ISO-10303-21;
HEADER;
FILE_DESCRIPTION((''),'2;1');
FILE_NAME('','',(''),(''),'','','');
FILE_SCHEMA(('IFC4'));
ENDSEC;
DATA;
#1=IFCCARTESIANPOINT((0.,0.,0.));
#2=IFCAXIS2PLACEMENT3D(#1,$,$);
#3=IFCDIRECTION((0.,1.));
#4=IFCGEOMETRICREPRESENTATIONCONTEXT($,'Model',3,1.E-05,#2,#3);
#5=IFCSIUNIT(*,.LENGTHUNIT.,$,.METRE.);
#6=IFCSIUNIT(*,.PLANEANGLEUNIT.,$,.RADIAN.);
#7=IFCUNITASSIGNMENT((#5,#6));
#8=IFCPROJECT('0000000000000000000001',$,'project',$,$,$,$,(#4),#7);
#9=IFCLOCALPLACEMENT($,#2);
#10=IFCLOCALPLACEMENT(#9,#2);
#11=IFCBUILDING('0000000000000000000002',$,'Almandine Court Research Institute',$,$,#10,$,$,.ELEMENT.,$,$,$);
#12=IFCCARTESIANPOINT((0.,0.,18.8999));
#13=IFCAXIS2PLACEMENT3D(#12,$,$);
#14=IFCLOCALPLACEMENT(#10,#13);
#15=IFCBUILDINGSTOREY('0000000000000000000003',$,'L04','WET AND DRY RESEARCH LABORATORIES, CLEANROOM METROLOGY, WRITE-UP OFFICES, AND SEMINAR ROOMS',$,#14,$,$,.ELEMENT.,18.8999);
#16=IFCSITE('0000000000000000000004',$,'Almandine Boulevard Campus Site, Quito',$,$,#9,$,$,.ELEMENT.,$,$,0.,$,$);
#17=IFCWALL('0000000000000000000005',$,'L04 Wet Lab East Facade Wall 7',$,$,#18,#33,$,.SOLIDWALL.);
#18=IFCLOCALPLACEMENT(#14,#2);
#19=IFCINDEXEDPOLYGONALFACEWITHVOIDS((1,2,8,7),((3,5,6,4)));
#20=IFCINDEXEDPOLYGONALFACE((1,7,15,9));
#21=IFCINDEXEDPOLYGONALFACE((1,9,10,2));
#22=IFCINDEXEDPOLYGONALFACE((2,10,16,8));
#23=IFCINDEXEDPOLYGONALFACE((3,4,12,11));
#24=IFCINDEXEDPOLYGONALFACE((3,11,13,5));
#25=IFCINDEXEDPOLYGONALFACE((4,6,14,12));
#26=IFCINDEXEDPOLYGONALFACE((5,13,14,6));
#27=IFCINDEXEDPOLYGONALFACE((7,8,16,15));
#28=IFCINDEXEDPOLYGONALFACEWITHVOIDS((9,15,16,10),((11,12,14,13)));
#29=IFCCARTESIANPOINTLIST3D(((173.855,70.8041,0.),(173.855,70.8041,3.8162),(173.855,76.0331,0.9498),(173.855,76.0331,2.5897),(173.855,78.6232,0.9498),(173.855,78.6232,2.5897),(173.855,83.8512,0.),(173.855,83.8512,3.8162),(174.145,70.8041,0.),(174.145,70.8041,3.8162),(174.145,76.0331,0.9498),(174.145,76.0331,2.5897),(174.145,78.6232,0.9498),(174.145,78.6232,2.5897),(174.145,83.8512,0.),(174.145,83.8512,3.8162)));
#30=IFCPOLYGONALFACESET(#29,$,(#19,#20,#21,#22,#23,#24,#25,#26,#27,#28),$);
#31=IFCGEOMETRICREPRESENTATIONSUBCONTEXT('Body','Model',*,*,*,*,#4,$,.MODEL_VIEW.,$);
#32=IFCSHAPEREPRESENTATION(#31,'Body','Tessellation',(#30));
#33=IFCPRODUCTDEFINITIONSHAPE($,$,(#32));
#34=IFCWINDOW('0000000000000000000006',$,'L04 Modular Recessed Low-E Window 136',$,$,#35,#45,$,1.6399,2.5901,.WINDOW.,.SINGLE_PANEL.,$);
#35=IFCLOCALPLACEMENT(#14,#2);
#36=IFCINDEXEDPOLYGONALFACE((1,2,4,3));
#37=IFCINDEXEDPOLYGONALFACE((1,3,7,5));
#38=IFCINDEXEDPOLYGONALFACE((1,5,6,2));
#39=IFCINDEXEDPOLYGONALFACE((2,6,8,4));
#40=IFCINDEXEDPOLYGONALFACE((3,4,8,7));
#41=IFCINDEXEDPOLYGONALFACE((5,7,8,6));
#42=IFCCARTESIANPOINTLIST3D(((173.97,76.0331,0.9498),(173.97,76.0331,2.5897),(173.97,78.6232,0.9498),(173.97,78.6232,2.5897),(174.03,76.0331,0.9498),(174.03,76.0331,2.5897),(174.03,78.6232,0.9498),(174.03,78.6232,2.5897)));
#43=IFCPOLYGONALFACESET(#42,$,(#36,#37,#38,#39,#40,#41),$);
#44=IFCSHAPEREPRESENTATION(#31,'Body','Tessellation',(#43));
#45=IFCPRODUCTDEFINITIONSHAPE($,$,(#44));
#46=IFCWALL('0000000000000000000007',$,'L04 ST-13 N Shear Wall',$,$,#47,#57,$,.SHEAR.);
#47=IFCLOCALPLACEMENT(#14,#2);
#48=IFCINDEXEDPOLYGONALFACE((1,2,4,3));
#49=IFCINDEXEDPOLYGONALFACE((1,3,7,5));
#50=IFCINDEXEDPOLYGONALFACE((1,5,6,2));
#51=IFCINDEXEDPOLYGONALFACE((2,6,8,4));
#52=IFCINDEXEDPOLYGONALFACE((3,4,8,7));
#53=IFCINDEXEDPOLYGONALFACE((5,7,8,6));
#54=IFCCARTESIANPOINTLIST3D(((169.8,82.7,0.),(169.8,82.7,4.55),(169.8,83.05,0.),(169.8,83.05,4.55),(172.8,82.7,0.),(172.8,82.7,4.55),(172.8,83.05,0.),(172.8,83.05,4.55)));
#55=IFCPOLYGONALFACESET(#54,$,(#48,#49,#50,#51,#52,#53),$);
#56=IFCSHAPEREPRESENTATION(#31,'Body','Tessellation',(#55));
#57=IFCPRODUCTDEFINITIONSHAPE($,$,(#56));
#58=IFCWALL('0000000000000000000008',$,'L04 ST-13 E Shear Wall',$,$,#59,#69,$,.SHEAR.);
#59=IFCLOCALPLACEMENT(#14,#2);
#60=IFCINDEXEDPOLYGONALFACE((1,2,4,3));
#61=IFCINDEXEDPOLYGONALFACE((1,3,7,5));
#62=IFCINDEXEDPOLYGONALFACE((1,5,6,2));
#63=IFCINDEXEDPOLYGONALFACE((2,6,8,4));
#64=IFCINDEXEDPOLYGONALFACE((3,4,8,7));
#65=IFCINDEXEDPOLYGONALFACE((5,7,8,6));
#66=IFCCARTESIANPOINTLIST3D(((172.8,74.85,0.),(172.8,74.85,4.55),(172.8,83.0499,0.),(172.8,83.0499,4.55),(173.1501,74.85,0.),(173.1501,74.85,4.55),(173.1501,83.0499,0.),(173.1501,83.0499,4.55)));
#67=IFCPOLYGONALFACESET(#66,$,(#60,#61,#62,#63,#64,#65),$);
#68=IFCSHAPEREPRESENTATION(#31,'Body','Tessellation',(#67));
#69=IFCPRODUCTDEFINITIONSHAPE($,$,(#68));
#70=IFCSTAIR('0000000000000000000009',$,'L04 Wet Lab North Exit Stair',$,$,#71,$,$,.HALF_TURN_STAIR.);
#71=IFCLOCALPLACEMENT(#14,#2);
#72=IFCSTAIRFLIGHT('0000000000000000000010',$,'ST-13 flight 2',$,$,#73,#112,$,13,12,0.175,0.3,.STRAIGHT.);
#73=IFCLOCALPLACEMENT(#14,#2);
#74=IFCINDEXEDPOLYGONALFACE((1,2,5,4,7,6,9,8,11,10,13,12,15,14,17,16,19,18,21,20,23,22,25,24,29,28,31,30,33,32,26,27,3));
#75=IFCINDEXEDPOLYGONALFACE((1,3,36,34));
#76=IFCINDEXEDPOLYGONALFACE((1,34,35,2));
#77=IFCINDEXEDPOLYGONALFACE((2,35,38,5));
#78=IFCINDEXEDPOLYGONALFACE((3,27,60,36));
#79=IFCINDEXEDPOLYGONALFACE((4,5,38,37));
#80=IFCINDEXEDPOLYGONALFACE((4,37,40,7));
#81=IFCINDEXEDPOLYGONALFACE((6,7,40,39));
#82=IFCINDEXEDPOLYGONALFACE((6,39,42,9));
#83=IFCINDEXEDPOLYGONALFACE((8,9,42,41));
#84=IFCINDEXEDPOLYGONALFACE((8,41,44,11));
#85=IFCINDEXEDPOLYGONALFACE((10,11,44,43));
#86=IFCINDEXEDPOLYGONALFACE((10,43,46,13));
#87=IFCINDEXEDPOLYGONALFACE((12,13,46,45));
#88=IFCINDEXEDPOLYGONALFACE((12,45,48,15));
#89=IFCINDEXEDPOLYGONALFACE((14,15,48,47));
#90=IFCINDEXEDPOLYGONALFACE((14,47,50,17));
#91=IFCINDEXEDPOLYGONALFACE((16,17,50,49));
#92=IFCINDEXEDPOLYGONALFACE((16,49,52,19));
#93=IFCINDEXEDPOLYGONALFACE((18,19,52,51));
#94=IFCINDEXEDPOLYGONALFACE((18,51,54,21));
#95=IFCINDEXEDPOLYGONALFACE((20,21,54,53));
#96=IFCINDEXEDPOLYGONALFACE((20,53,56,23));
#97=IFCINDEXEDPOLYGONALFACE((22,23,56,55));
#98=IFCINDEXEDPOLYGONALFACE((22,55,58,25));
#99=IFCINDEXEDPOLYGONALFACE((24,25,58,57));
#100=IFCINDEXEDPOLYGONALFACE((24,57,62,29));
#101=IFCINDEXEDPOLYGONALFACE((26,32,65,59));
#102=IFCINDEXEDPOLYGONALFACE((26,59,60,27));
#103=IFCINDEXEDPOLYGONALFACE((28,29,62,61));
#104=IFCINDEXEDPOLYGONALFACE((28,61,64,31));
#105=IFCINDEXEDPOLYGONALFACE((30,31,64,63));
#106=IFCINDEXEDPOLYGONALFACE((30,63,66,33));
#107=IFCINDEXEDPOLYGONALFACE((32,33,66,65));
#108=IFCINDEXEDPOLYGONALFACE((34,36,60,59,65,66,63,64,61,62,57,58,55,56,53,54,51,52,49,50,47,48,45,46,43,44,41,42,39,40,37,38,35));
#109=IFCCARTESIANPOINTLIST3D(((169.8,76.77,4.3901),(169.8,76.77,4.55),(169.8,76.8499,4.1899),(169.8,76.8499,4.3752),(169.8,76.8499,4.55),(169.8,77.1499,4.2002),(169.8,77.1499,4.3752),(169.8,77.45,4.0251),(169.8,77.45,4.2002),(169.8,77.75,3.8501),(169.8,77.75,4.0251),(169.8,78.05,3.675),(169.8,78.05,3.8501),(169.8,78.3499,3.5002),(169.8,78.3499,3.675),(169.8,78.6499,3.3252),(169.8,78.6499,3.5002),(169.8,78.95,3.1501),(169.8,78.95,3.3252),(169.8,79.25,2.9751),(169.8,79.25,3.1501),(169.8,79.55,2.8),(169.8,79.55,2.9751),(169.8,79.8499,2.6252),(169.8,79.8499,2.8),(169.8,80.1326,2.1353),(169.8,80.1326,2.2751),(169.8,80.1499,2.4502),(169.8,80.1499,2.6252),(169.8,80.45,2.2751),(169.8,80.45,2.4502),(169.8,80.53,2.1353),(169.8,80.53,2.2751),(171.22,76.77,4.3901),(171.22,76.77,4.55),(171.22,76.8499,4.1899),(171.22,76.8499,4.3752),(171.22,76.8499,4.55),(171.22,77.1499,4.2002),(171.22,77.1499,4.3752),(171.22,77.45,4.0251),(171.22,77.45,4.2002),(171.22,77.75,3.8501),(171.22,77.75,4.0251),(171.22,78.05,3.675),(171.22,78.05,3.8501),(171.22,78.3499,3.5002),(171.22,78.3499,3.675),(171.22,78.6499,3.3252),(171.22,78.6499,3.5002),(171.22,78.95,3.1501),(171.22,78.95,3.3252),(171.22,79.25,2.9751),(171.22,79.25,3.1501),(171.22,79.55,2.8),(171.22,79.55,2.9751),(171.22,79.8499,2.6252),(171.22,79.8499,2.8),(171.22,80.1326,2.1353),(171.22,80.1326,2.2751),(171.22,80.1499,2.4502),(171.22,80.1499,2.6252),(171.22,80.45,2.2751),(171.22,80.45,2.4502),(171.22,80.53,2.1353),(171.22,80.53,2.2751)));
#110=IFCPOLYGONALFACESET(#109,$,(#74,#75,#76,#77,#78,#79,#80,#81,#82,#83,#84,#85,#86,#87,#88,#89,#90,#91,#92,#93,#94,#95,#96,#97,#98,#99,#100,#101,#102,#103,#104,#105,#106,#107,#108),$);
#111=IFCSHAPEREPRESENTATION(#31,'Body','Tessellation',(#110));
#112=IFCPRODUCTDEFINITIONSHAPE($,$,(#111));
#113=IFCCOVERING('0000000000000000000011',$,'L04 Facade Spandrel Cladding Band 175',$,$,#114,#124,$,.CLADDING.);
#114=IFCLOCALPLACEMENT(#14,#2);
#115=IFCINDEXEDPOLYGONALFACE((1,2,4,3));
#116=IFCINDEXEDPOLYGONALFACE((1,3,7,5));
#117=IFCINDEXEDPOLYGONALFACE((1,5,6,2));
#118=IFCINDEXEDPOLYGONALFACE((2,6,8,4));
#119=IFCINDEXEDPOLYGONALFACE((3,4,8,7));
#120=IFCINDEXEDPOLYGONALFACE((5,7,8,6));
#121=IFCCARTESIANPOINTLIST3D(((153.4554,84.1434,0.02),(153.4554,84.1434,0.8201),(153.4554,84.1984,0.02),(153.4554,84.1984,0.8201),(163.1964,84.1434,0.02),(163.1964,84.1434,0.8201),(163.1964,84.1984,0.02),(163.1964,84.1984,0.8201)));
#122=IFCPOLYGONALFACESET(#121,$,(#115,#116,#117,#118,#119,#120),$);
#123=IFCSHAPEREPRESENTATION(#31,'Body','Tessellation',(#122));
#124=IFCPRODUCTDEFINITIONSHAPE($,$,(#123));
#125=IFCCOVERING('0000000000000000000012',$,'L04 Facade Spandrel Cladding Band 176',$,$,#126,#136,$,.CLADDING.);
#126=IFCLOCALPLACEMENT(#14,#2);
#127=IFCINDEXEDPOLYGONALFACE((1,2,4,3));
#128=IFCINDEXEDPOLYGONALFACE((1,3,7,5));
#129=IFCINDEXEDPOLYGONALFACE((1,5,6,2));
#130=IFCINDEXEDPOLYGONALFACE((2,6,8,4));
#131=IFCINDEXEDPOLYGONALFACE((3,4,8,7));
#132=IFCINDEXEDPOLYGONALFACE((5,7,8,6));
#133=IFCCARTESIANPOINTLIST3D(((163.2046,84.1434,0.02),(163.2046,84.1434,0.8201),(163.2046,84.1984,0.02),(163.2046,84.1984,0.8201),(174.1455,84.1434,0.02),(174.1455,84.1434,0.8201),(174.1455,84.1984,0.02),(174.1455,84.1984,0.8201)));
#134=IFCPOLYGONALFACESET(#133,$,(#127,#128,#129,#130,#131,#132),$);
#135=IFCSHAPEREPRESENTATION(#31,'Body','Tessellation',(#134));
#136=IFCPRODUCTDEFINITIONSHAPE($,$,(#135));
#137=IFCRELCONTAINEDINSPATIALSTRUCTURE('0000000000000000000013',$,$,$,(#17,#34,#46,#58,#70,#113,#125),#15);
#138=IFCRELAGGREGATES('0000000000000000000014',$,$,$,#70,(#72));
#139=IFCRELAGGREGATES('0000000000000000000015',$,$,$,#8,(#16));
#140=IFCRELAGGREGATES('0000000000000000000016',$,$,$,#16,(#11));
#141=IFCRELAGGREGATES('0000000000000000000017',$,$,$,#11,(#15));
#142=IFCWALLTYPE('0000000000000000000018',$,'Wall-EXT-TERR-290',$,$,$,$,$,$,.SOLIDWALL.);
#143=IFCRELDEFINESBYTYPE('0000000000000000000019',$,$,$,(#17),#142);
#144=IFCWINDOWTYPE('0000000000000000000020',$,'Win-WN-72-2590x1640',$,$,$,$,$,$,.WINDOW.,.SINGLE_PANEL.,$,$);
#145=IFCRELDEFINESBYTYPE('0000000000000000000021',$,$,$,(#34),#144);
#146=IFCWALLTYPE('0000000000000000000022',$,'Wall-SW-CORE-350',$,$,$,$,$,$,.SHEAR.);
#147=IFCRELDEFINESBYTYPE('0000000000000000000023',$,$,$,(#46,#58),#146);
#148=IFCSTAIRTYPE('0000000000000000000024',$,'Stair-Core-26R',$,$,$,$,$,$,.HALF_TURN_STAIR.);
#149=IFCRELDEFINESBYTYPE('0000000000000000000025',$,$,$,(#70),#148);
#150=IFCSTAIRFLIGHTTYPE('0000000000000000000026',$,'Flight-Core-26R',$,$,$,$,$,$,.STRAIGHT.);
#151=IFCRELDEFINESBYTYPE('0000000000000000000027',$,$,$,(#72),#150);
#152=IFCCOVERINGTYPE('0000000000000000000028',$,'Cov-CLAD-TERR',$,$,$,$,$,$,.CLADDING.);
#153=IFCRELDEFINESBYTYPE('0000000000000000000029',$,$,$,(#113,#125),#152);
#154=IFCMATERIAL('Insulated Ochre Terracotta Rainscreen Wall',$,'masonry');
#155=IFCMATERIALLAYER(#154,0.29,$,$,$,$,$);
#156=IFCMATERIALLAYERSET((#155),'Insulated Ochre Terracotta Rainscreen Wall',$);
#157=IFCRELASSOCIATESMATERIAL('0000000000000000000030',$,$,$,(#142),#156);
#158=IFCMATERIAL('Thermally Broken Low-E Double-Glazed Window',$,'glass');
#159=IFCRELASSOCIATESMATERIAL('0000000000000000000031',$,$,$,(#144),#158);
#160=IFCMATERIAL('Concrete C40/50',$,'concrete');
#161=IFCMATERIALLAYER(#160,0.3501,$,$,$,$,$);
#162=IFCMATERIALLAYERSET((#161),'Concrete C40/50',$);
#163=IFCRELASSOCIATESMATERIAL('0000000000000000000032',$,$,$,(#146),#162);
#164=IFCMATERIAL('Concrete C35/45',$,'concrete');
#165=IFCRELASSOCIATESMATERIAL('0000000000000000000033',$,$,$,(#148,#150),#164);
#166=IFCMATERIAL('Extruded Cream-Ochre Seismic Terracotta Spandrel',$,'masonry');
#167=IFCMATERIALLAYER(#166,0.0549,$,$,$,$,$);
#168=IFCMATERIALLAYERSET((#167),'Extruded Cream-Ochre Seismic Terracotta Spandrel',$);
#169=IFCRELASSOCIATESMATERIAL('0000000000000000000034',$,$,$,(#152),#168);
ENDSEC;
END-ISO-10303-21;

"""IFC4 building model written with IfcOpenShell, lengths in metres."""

from ifc_helpers import new_model, si_unit, direction, frame, frame_2d, origin, origin_2d, place, context, subcontext, project, spatial, polyline, rectangle, outline, extrude, material, layer, layer_set, type_object, element, fill, aggregate, save


model = new_model("IFC4")

# Units and contexts
model_context = context("Model", 3, precision=1e-05, world=origin(), true_north=direction((0.0, 1.0)))
body_context = subcontext(model_context, "Body", "Model", "MODEL_VIEW")
ifc_project = project(units=[si_unit("LENGTHUNIT", "METRE"), si_unit("PLANEANGLEUNIT", "RADIAN")], contexts=[model_context])

# Site, building, storey
site_placement = place(None, origin())
site = spatial("IfcSite", under=ifc_project, at=site_placement, Name="Almandine Boulevard Campus Site, Quito", CompositionType="ELEMENT", RefElevation=0.0)
building_placement = place(site_placement, origin())
building = spatial("IfcBuilding", under=site, at=building_placement, Name="Almandine Court Research Institute", CompositionType="ELEMENT")
storey_placement = place(building_placement, frame((0.0, 0.0, 18.8999)))
storey = spatial("IfcBuildingStorey", under=building, at=storey_placement, Name="L04", Description="WET AND DRY RESEARCH LABORATORIES, CLEANROOM METROLOGY, WRITE-UP OFFICES, AND SEMINAR ROOMS", CompositionType="ELEMENT", Elevation=18.8999)

# Shared definitions
ifc_material_1 = material(Name="Insulated Ochre Terracotta Rainscreen Wall", Category="masonry")
ifc_layer_1 = layer(ifc_material_1, 0.29)
ifc_layer_set_1 = layer_set([ifc_layer_1], Name="Insulated Ochre Terracotta Rainscreen Wall")
wall_type_1 = type_object("IfcWallType", Name="Wall-EXT-TERR-290", PredefinedType="SOLIDWALL", material=ifc_layer_set_1)
ifc_material_2 = material(Name="Thermally Broken Low-E Double-Glazed Window", Category="glass")

# Wall, opening, window
wall_1_placement = place(storey_placement, frame((174.0, 83.8511, 0.0), z_axis=(0.0, 0.0, 1.0), x_axis=(0.0, -1.0, 0.0)))
wall_1 = element("IfcWall", 1, at=wall_1_placement, inside=storey, type_object=wall_type_1, Name="L04 Wet Lab East Facade Wall 7", PredefinedType="SOLIDWALL", context=body_context, shape_type="SweptSolid", body=[
    extrude(rectangle(XDim=13.0471, YDim=0.29, at=frame_2d((6.5234, 0.0))), origin(), (0.0, 0.0, 1.0), 3.8162),
])
opening_1_placement = place(wall_1_placement, frame((5.228, 0.0, 0.95)))
opening_1 = element("IfcOpeningElement", 2, at=opening_1_placement, cuts=wall_1, PredefinedType="OPENING", context=body_context, shape_type="SweptSolid", body=[
    extrude(rectangle(XDim=2.5901, YDim=1.6399, at=frame_2d((1.2949, 0.8198))), frame((0.0, 0.155, 0.0), z_axis=(0.0, -1.0, 0.0), x_axis=(1.0, 0.0, 0.0)), (0.0, 0.0, 1.0), 0.3101),
])
window_type_1 = type_object("IfcWindowType", Name="Win-WN-72-2590x1640", PartitioningType="SINGLE_PANEL", PredefinedType="WINDOW", material=ifc_material_2)
window_1_placement = place(opening_1_placement, origin())
window_1 = element("IfcWindow", 3, at=window_1_placement, inside=storey, type_object=window_type_1, Name="L04 Modular Recessed Low-E Window 136", OverallHeight=1.6399, OverallWidth=2.5901, PartitioningType="SINGLE_PANEL", PredefinedType="WINDOW", context=body_context, shape_type="SweptSolid", body=[
    extrude(rectangle(XDim=2.5901, YDim=1.6399, at=frame_2d((1.2949, 0.8198))), frame((0.0, 0.03, 0.0), z_axis=(0.0, -1.0, 0.0), x_axis=(1.0, 0.0, 0.0)), (0.0, 0.0, 1.0), 0.0601),
])
fill(opening_1, window_1)

# Walls
ifc_material_3 = material(Name="Concrete C40/50", Category="concrete")
ifc_layer_2 = layer(ifc_material_3, 0.3501)
ifc_layer_set_2 = layer_set([ifc_layer_2], Name="Concrete C40/50")
wall_type_2 = type_object("IfcWallType", Name="Wall-SW-CORE-350", PredefinedType="SHEAR", material=ifc_layer_set_2)
wall_2_placement = place(storey_placement, frame((169.8, 82.875, 0.0), z_axis=(0.0, 0.0, 1.0), x_axis=(1.0, 0.0, 0.0)))
element("IfcWall", 4, at=wall_2_placement, inside=storey, type_object=wall_type_2, Name="L04 ST-13 N Shear Wall", PredefinedType="SHEAR", context=body_context, shape_type="SweptSolid", body=[
    extrude(rectangle(XDim=3.0, YDim=0.3501, at=frame_2d((1.5, 0.0))), origin(), (0.0, 0.0, 1.0), 4.55),
])
wall_3_placement = place(storey_placement, frame((172.9751, 83.05, 0.0), z_axis=(0.0, 0.0, 1.0), x_axis=(0.0, -1.0, 0.0)))
element("IfcWall", 5, at=wall_3_placement, inside=storey, type_object=wall_type_2, Name="L04 ST-13 E Shear Wall", PredefinedType="SHEAR", context=body_context, shape_type="SweptSolid", body=[
    extrude(rectangle(XDim=8.2, YDim=0.3501, at=frame_2d((4.1001, 0.0))), origin(), (0.0, 0.0, 1.0), 4.55),
])

# Stair, stair flight
ifc_material_4 = material(Name="Concrete C35/45", Category="concrete")
stair_type = type_object("IfcStairType", Name="Stair-Core-26R", PredefinedType="HALF_TURN_STAIR", material=ifc_material_4)
stair_placement = place(storey_placement, origin())
stair = element("IfcStair", 6, at=stair_placement, inside=storey, type_object=stair_type, Name="L04 Wet Lab North Exit Stair", PredefinedType="HALF_TURN_STAIR")
stair_flight_type = type_object("IfcStairFlightType", Name="Flight-Core-26R", PredefinedType="STRAIGHT", material=ifc_material_4)
stair_flight_placement = place(storey_placement, frame((170.51, 80.45, 2.2751), z_axis=(0.0, 0.0, 1.0), x_axis=(0.0, -1.0, 0.0)))
stair_flight = element("IfcStairFlight", 7, at=stair_flight_placement, type_object=stair_flight_type, Name="ST-13 flight 2", NumberOfRisers=13, NumberOfTreads=12, PredefinedType="STRAIGHT", RiserHeight=0.175, TreadLength=0.3, context=body_context, shape_type="SweptSolid", body=[
    extrude(outline(polyline([(-0.0801, -0.1399), (-0.0801, 0.0), (0.0, 0.0), (0.0, 0.175), (0.3, 0.175), (0.3, 0.3501), (0.6001, 0.3501), (0.6001, 0.5249), (0.8999, 0.5249), (0.8999, 0.7), (1.2, 0.7), (1.2, 0.875), (1.5, 0.875), (1.5, 1.05), (1.8, 1.05), (1.8, 1.2251), (2.1001, 1.2251), (2.1001, 1.3999), (2.3999, 1.3999), (2.3999, 1.575), (2.7, 1.575), (2.7, 1.75), (3.0, 1.75), (3.0, 1.925), (3.3, 1.925), (3.3, 2.1001), (3.6001, 2.1001), (3.6001, 2.2749), (3.6799, 2.2749), (3.6799, 2.115), (3.6001, 1.9148), (0.3174, 0.0), (0.3174, -0.1399), (-0.0801, -0.1399)])), frame((0.0, 0.71, 0.0), z_axis=(0.0, -1.0, 0.0), x_axis=(1.0, 0.0, 0.0)), (0.0, 0.0, 1.0), 1.4199),
])
aggregate(stair, [stair_flight])

# Coverings
ifc_material_5 = material(Name="Extruded Cream-Ochre Seismic Terracotta Spandrel", Category="masonry")
ifc_layer_3 = layer(ifc_material_5, 0.0549)
ifc_layer_set_3 = layer_set([ifc_layer_3], Name="Extruded Cream-Ochre Seismic Terracotta Spandrel")
covering_type = type_object("IfcCoveringType", Name="Cov-CLAD-TERR", PredefinedType="CLADDING", material=ifc_layer_set_3)
covering_1_placement = place(storey_placement, frame((158.3259, 84.1709, 0.02), z_axis=(0.0, 0.0, 1.0), x_axis=(1.0, 0.0, 0.0)))
element("IfcCovering", 8, at=covering_1_placement, inside=storey, type_object=covering_type, Name="L04 Facade Spandrel Cladding Band 175", PredefinedType="CLADDING", context=body_context, shape_type="SweptSolid", body=[
    extrude(rectangle(XDim=9.741, YDim=0.0549, at=origin_2d()), origin(), (0.0, 0.0, 1.0), 0.8),
])
covering_2_placement = place(storey_placement, frame((168.675, 84.1709, 0.02), z_axis=(0.0, 0.0, 1.0), x_axis=(1.0, 0.0, 0.0)))
element("IfcCovering", 9, at=covering_2_placement, inside=storey, type_object=covering_type, Name="L04 Facade Spandrel Cladding Band 176", PredefinedType="CLADDING", context=body_context, shape_type="SweptSolid", body=[
    extrude(rectangle(XDim=10.9409, YDim=0.0549, at=origin_2d()), origin(), (0.0, 0.0, 1.0), 0.8),
])

save(model, "model.ifc")
